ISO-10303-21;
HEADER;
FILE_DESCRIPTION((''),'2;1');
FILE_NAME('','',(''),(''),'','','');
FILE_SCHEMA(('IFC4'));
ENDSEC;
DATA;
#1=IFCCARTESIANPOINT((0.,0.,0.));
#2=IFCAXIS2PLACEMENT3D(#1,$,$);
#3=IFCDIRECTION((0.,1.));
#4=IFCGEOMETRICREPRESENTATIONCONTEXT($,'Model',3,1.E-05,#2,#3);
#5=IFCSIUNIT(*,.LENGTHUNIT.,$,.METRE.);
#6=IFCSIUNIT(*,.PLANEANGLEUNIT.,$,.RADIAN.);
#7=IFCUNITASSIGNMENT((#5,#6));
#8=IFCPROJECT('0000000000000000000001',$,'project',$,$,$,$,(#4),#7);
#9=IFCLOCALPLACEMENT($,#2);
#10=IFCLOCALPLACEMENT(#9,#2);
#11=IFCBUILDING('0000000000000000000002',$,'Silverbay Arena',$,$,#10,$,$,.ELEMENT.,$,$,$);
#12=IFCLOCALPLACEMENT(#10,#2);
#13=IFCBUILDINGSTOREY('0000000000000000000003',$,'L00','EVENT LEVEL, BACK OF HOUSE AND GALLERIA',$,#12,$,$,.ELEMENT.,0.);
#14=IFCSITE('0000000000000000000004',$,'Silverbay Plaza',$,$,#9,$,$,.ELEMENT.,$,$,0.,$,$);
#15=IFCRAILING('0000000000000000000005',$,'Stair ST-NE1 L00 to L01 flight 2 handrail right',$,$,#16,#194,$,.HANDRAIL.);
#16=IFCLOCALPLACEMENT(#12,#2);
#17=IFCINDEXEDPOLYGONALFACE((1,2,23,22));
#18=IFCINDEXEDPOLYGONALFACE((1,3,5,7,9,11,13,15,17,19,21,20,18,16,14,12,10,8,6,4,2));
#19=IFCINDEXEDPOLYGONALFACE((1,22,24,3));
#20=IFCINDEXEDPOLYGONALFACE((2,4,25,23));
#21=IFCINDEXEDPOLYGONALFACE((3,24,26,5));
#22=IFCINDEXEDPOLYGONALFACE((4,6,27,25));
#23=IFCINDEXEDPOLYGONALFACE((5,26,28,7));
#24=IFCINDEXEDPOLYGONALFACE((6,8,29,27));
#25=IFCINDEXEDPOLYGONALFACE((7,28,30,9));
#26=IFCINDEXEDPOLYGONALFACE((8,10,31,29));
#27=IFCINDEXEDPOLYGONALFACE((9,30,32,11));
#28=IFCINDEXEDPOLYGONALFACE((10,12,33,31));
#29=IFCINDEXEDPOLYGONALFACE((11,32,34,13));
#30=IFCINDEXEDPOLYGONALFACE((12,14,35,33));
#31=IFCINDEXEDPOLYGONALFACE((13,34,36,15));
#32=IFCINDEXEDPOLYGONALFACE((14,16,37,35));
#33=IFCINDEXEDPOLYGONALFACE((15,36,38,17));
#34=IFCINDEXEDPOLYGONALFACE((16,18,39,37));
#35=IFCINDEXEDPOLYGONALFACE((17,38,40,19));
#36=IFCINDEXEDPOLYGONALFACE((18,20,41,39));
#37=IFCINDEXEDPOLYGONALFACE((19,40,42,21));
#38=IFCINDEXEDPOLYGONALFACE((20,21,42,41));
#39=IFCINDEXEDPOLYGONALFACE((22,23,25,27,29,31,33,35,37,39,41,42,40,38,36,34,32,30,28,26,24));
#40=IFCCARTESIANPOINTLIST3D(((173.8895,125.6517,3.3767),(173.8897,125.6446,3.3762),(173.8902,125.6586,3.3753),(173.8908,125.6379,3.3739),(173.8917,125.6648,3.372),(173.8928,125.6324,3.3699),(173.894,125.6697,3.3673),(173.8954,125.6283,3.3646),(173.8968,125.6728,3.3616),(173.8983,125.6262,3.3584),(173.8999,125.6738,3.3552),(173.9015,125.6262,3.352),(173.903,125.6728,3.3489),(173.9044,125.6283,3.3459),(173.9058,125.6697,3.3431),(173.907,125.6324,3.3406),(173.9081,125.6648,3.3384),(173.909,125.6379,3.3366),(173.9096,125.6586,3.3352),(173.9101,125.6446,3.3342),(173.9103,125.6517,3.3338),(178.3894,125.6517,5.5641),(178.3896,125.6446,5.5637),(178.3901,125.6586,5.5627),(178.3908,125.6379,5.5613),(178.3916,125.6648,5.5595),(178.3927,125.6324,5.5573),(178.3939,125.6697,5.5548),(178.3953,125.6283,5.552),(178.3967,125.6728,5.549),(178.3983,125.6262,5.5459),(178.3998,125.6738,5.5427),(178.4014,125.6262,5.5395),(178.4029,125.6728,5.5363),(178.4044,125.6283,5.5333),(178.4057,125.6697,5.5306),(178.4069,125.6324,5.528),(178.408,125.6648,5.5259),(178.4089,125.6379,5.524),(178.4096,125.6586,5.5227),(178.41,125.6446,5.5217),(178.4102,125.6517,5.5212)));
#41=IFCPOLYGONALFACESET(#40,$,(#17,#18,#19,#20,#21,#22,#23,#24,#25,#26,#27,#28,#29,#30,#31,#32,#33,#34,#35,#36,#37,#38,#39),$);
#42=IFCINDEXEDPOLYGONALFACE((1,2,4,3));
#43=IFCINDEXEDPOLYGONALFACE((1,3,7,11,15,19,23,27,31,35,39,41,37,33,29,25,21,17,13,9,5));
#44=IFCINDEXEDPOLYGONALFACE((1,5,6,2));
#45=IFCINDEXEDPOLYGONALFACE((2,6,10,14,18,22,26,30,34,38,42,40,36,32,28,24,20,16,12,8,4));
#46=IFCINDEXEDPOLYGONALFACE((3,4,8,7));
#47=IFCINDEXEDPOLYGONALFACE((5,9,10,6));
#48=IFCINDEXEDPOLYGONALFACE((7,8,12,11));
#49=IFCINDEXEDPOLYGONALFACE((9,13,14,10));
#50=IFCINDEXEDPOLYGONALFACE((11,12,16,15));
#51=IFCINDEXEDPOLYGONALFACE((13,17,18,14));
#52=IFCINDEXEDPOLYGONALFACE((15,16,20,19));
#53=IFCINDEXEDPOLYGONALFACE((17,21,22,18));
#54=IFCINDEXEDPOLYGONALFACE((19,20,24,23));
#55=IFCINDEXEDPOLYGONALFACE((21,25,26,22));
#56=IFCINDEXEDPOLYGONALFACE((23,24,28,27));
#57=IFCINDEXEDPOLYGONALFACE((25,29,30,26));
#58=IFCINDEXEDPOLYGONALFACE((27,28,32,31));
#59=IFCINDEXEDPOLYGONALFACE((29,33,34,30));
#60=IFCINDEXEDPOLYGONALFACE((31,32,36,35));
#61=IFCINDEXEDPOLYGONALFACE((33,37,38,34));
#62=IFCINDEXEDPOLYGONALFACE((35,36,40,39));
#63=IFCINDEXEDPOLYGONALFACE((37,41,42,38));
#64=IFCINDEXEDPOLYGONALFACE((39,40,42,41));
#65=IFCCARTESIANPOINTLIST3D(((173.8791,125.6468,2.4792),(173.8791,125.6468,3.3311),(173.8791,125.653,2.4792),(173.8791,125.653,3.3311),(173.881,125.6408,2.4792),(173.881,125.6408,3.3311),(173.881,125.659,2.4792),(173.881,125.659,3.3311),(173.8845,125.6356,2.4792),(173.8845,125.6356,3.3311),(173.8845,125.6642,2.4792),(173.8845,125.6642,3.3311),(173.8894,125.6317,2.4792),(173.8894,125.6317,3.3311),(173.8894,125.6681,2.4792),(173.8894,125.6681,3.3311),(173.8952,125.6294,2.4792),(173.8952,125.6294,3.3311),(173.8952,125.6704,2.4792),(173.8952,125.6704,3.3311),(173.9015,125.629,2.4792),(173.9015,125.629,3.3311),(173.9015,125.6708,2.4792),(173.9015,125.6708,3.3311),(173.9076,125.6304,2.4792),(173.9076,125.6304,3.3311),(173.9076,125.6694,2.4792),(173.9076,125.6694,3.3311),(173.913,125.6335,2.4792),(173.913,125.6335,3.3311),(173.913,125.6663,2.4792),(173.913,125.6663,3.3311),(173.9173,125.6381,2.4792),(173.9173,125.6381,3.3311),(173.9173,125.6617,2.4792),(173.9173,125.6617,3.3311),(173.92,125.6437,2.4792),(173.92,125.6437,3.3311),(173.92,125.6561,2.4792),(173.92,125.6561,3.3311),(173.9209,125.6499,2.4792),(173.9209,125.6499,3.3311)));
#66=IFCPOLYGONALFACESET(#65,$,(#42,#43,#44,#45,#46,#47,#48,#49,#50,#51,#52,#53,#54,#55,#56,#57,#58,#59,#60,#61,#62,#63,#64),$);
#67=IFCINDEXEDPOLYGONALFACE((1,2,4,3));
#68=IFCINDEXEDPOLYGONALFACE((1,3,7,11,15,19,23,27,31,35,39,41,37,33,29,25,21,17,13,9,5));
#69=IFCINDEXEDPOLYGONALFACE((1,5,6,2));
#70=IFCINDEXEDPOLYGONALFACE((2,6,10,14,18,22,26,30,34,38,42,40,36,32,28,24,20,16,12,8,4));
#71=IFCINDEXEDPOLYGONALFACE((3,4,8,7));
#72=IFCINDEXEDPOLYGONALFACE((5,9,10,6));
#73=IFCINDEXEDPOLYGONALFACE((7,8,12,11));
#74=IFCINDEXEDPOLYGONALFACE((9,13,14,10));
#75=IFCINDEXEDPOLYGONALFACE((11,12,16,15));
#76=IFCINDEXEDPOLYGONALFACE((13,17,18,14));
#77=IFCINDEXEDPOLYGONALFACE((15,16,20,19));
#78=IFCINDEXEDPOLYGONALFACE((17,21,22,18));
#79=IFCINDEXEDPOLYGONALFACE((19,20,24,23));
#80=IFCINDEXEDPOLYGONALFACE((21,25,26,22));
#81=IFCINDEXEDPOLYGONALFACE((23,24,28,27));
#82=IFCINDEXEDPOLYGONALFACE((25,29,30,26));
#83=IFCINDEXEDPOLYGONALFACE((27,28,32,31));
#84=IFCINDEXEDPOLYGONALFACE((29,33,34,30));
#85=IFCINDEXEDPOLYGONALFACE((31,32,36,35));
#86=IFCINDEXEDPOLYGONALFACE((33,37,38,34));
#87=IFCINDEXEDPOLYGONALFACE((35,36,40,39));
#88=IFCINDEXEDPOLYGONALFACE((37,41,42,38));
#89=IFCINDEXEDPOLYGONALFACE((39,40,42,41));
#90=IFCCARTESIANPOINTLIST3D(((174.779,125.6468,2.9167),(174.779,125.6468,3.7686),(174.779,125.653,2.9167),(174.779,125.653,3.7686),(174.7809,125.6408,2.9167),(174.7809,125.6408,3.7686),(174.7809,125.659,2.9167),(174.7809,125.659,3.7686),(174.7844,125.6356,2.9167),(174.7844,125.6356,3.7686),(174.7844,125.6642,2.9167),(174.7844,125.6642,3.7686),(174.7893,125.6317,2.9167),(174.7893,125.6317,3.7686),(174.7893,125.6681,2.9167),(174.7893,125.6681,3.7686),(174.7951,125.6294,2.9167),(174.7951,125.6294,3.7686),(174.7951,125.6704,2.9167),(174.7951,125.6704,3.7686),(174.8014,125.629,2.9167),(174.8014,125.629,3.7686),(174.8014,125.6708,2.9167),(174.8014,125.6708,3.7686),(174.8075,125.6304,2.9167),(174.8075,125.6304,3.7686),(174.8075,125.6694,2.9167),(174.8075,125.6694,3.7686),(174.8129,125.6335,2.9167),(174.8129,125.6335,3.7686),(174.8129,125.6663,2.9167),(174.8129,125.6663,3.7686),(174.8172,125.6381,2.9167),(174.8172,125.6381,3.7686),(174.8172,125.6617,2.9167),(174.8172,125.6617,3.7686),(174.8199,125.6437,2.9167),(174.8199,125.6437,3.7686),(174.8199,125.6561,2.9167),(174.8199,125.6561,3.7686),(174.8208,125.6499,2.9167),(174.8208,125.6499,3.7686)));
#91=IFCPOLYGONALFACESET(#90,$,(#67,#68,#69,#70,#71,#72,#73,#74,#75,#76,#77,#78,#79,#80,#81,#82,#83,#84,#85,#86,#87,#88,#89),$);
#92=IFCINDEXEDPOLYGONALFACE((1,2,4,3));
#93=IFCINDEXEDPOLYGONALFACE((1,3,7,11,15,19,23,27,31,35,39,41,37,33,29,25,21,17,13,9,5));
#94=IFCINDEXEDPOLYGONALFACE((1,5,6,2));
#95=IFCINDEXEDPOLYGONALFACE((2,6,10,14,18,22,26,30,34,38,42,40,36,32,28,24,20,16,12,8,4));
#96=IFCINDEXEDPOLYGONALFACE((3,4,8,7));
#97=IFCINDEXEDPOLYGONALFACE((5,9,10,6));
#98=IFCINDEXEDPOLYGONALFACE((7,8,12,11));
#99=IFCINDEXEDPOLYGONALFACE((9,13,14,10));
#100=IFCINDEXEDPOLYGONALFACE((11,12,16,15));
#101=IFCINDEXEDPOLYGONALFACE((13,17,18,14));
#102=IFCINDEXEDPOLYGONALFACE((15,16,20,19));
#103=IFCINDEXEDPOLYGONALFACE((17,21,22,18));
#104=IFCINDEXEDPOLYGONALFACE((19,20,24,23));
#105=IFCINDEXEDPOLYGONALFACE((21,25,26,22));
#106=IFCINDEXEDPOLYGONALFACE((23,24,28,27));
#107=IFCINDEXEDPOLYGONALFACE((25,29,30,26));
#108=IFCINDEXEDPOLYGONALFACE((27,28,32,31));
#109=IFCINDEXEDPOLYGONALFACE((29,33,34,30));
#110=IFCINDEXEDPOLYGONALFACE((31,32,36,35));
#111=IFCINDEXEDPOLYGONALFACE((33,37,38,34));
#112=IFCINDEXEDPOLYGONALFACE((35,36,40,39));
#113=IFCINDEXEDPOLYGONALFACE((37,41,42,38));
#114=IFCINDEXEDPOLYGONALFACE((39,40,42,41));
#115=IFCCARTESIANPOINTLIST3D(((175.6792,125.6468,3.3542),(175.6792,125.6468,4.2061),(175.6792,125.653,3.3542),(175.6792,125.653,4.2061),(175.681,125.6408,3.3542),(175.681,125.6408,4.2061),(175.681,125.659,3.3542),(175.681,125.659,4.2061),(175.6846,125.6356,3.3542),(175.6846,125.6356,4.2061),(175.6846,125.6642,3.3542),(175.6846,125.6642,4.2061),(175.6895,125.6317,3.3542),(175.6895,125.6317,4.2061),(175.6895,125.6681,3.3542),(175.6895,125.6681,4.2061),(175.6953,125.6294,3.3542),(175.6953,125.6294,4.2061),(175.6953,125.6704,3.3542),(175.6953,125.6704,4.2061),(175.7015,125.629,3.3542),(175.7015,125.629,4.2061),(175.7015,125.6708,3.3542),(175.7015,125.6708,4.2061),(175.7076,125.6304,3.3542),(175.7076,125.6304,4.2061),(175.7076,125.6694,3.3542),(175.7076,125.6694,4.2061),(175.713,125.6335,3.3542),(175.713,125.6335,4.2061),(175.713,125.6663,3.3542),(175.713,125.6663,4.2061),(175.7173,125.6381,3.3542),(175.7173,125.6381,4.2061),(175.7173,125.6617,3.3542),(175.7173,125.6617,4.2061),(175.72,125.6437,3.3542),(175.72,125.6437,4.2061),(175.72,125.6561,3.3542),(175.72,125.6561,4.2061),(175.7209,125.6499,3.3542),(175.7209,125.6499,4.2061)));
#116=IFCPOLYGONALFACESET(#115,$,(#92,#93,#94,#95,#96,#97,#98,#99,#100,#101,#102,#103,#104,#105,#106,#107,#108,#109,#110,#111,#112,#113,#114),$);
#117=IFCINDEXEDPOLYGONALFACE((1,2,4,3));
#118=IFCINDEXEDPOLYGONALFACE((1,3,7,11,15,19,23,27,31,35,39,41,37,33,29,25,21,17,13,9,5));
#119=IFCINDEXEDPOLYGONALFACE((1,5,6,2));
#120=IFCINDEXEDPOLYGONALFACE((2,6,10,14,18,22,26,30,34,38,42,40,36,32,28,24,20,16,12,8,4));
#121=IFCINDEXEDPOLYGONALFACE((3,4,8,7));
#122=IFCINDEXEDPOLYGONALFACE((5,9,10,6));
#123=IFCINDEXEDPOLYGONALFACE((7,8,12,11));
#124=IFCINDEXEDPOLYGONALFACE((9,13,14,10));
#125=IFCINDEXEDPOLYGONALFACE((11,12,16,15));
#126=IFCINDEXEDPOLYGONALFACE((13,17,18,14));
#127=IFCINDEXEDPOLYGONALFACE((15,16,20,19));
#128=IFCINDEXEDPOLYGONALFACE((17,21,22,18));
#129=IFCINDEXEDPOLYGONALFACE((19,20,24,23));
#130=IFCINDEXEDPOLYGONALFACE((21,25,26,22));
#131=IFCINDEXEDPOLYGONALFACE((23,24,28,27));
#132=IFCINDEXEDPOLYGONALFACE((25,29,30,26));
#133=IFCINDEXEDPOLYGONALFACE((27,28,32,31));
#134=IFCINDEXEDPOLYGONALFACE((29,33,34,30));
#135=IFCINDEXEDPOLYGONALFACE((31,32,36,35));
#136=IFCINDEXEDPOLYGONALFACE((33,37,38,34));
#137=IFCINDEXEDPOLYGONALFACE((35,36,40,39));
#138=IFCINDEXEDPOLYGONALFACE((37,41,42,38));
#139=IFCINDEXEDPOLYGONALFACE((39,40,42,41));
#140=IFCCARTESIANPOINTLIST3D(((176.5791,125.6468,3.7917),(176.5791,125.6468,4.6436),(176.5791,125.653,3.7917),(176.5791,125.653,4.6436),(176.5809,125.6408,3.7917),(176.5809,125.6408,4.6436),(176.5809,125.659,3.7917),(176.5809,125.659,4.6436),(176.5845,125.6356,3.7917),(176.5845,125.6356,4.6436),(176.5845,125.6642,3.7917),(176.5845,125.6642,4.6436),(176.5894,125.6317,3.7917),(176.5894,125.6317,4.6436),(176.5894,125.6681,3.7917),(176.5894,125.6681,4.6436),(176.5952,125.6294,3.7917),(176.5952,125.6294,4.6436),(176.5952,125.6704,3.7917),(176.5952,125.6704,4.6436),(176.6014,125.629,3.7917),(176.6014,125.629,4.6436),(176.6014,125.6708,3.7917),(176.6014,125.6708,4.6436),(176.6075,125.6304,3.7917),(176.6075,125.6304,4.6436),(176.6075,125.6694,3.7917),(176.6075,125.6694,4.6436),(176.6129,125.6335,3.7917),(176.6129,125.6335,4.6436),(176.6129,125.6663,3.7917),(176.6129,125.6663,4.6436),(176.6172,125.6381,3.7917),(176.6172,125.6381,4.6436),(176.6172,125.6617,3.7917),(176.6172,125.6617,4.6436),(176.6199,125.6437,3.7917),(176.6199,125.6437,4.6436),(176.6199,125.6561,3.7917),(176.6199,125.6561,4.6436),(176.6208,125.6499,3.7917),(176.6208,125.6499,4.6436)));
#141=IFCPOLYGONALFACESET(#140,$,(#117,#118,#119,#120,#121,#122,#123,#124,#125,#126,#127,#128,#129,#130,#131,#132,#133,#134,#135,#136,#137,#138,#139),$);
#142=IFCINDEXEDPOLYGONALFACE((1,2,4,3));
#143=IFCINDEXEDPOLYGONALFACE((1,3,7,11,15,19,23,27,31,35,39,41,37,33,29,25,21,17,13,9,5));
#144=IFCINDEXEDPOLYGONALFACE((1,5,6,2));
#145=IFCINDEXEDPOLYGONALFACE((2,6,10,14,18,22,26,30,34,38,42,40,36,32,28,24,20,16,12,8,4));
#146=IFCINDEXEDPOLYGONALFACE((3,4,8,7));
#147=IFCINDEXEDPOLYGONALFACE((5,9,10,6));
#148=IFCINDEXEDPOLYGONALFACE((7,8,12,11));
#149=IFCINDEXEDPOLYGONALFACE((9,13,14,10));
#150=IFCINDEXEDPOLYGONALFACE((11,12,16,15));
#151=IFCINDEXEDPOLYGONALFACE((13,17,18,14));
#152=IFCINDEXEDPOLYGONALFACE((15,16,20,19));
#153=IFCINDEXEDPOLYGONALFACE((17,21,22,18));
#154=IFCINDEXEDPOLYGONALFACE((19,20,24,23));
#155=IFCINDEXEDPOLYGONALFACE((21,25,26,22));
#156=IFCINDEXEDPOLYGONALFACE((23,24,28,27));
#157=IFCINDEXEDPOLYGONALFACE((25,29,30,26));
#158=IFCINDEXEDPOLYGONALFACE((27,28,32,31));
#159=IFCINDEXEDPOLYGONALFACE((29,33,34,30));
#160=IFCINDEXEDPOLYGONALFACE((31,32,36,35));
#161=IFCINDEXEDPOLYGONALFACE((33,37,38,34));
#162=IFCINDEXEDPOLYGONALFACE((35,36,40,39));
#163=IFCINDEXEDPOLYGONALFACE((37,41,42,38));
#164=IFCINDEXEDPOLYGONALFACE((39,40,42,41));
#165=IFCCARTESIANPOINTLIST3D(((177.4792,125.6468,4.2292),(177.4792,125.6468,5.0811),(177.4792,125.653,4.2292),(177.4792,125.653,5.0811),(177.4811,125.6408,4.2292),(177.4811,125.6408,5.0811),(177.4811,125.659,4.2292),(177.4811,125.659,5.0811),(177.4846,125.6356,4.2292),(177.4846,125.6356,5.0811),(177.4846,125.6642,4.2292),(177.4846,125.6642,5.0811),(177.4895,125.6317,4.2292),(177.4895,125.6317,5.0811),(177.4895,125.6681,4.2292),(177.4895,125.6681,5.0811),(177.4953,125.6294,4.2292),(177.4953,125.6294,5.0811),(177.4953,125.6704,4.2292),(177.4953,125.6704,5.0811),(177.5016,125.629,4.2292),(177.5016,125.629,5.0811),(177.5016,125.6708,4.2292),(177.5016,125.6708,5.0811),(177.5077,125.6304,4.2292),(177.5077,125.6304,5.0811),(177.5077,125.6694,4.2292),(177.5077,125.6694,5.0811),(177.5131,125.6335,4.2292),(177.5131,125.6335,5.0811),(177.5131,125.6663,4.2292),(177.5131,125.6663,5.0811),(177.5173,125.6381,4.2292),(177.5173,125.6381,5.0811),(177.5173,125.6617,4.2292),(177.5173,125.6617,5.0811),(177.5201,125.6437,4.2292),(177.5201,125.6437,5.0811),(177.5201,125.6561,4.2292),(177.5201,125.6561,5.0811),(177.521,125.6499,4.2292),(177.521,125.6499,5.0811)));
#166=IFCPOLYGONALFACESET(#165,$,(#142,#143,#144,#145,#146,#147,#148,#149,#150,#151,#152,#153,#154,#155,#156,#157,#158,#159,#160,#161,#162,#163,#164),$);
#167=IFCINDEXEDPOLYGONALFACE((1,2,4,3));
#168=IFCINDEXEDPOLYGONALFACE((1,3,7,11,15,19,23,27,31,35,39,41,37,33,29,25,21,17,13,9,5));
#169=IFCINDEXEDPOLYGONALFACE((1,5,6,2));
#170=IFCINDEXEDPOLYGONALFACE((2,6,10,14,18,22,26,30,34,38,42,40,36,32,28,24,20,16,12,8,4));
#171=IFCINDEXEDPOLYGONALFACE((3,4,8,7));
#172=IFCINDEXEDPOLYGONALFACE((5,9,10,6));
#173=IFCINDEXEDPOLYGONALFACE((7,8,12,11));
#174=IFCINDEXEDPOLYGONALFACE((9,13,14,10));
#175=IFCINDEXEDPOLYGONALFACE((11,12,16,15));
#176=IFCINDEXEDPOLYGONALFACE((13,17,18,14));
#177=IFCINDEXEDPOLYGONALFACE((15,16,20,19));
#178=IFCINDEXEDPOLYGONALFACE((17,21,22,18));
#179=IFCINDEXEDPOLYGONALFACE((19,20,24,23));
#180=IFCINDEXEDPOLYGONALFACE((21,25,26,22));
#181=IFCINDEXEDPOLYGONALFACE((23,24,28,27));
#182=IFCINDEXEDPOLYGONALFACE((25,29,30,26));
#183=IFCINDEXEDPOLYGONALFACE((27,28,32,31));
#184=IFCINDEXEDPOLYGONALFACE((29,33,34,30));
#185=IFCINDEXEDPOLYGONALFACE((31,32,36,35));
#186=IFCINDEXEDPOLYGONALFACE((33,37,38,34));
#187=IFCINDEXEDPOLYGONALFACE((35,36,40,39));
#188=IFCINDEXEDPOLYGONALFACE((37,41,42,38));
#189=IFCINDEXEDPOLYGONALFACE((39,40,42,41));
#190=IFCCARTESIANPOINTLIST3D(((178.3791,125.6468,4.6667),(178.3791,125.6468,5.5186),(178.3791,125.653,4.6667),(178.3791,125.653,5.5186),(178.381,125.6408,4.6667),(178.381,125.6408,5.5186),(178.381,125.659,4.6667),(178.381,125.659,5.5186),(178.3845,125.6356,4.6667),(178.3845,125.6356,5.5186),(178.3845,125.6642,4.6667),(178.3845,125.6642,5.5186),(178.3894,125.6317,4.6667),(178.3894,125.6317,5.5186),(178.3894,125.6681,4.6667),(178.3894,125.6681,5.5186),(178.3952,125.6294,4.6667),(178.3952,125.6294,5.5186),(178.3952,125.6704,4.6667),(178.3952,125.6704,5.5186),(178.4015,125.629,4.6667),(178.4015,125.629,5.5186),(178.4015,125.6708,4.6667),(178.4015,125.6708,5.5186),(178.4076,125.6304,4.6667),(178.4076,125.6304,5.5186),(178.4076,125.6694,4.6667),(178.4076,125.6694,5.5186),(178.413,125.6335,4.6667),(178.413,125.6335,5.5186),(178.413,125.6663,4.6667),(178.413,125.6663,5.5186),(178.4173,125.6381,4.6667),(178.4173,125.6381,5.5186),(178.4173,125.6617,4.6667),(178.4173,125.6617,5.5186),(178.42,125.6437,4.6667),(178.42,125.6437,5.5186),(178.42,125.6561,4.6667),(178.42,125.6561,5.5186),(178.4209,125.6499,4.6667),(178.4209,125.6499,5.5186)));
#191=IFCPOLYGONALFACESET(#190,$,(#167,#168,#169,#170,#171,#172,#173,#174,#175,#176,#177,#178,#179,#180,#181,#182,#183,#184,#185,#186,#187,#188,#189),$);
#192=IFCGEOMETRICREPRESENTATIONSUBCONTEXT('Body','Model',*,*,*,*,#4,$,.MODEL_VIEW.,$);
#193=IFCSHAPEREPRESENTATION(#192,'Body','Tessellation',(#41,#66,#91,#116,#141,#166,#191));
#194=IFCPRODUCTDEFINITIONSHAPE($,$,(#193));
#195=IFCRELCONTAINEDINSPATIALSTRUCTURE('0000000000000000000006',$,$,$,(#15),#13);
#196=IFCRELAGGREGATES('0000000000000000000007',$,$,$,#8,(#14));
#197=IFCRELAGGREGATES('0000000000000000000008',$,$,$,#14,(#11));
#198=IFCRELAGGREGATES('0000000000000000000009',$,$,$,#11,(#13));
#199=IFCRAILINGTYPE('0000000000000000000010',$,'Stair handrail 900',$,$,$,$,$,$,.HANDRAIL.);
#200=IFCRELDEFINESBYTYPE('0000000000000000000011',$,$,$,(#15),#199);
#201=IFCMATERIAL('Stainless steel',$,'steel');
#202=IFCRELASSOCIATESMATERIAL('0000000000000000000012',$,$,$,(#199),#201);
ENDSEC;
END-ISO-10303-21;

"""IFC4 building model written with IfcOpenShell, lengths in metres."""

from ifc_helpers import new_model, si_unit, direction, frame, origin, origin_2d, place, context, subcontext, project, spatial, circle, extrude, material, type_object, element, save


model = new_model("IFC4")

# Units and contexts
model_context = context("Model", 3, precision=1e-05, world=origin(), true_north=direction((0.0, 1.0)))
body_context = subcontext(model_context, "Body", "Model", "MODEL_VIEW")
ifc_project = project(units=[si_unit("LENGTHUNIT", "METRE"), si_unit("PLANEANGLEUNIT", "RADIAN")], contexts=[model_context])

# Site, building, storey
site_placement = place(None, origin())
site = spatial("IfcSite", under=ifc_project, at=site_placement, Name="Silverbay Plaza", CompositionType="ELEMENT", RefElevation=0.0)
building_placement = place(site_placement, origin())
building = spatial("IfcBuilding", under=site, at=building_placement, Name="Silverbay Arena", CompositionType="ELEMENT")
storey_placement = place(building_placement, origin())
storey = spatial("IfcBuildingStorey", under=building, at=storey_placement, Name="L00", Description="EVENT LEVEL, BACK OF HOUSE AND GALLERIA", CompositionType="ELEMENT", Elevation=0.0)

# Railing
ifc_material_1 = material(Name="Stainless steel", Category="steel")
railing_type_1 = type_object("IfcRailingType", Name="Stair handrail 900", PredefinedType="HANDRAIL", material=ifc_material_1)
for number, where, name in (
    (1, (173.8999, 125.6499, 2.4792), "Stair ST-NE1 L00 to L01 flight 2 handrail right"),
):
    element("IfcRailing", number, at=place(storey_placement, frame(where)), inside=storey, type_object=railing_type_1, Name=name, PredefinedType="HANDRAIL", context=body_context, shape_type="SweptSolid", body=[
        extrude(circle(Radius=0.0239, at=origin_2d()), frame((0.0, 0.0, 0.876), z_axis=(0.899368, 0.0, 0.437193), x_axis=(0.0, 1.0, 0.0)), (0.0, 0.0, 1.0), 5.0034),
        extrude(circle(Radius=0.021, at=origin_2d()), origin(), (0.0, 0.0, 1.0), 0.8518),
        extrude(circle(Radius=0.021, at=origin_2d()), frame((0.8999, 0.0, 0.4375)), (0.0, 0.0, 1.0), 0.8518),
        extrude(circle(Radius=0.021, at=origin_2d()), frame((1.8, 0.0, 0.875)), (0.0, 0.0, 1.0), 0.8518),
        extrude(circle(Radius=0.021, at=origin_2d()), frame((2.7, 0.0, 1.3125)), (0.0, 0.0, 1.0), 0.8518),
        extrude(circle(Radius=0.021, at=origin_2d()), frame((3.6001, 0.0, 1.75)), (0.0, 0.0, 1.0), 0.8518),
        extrude(circle(Radius=0.021, at=origin_2d()), frame((4.5, 0.0, 2.1875)), (0.0, 0.0, 1.0), 0.8518),
    ])

save(model, "model.ifc")
